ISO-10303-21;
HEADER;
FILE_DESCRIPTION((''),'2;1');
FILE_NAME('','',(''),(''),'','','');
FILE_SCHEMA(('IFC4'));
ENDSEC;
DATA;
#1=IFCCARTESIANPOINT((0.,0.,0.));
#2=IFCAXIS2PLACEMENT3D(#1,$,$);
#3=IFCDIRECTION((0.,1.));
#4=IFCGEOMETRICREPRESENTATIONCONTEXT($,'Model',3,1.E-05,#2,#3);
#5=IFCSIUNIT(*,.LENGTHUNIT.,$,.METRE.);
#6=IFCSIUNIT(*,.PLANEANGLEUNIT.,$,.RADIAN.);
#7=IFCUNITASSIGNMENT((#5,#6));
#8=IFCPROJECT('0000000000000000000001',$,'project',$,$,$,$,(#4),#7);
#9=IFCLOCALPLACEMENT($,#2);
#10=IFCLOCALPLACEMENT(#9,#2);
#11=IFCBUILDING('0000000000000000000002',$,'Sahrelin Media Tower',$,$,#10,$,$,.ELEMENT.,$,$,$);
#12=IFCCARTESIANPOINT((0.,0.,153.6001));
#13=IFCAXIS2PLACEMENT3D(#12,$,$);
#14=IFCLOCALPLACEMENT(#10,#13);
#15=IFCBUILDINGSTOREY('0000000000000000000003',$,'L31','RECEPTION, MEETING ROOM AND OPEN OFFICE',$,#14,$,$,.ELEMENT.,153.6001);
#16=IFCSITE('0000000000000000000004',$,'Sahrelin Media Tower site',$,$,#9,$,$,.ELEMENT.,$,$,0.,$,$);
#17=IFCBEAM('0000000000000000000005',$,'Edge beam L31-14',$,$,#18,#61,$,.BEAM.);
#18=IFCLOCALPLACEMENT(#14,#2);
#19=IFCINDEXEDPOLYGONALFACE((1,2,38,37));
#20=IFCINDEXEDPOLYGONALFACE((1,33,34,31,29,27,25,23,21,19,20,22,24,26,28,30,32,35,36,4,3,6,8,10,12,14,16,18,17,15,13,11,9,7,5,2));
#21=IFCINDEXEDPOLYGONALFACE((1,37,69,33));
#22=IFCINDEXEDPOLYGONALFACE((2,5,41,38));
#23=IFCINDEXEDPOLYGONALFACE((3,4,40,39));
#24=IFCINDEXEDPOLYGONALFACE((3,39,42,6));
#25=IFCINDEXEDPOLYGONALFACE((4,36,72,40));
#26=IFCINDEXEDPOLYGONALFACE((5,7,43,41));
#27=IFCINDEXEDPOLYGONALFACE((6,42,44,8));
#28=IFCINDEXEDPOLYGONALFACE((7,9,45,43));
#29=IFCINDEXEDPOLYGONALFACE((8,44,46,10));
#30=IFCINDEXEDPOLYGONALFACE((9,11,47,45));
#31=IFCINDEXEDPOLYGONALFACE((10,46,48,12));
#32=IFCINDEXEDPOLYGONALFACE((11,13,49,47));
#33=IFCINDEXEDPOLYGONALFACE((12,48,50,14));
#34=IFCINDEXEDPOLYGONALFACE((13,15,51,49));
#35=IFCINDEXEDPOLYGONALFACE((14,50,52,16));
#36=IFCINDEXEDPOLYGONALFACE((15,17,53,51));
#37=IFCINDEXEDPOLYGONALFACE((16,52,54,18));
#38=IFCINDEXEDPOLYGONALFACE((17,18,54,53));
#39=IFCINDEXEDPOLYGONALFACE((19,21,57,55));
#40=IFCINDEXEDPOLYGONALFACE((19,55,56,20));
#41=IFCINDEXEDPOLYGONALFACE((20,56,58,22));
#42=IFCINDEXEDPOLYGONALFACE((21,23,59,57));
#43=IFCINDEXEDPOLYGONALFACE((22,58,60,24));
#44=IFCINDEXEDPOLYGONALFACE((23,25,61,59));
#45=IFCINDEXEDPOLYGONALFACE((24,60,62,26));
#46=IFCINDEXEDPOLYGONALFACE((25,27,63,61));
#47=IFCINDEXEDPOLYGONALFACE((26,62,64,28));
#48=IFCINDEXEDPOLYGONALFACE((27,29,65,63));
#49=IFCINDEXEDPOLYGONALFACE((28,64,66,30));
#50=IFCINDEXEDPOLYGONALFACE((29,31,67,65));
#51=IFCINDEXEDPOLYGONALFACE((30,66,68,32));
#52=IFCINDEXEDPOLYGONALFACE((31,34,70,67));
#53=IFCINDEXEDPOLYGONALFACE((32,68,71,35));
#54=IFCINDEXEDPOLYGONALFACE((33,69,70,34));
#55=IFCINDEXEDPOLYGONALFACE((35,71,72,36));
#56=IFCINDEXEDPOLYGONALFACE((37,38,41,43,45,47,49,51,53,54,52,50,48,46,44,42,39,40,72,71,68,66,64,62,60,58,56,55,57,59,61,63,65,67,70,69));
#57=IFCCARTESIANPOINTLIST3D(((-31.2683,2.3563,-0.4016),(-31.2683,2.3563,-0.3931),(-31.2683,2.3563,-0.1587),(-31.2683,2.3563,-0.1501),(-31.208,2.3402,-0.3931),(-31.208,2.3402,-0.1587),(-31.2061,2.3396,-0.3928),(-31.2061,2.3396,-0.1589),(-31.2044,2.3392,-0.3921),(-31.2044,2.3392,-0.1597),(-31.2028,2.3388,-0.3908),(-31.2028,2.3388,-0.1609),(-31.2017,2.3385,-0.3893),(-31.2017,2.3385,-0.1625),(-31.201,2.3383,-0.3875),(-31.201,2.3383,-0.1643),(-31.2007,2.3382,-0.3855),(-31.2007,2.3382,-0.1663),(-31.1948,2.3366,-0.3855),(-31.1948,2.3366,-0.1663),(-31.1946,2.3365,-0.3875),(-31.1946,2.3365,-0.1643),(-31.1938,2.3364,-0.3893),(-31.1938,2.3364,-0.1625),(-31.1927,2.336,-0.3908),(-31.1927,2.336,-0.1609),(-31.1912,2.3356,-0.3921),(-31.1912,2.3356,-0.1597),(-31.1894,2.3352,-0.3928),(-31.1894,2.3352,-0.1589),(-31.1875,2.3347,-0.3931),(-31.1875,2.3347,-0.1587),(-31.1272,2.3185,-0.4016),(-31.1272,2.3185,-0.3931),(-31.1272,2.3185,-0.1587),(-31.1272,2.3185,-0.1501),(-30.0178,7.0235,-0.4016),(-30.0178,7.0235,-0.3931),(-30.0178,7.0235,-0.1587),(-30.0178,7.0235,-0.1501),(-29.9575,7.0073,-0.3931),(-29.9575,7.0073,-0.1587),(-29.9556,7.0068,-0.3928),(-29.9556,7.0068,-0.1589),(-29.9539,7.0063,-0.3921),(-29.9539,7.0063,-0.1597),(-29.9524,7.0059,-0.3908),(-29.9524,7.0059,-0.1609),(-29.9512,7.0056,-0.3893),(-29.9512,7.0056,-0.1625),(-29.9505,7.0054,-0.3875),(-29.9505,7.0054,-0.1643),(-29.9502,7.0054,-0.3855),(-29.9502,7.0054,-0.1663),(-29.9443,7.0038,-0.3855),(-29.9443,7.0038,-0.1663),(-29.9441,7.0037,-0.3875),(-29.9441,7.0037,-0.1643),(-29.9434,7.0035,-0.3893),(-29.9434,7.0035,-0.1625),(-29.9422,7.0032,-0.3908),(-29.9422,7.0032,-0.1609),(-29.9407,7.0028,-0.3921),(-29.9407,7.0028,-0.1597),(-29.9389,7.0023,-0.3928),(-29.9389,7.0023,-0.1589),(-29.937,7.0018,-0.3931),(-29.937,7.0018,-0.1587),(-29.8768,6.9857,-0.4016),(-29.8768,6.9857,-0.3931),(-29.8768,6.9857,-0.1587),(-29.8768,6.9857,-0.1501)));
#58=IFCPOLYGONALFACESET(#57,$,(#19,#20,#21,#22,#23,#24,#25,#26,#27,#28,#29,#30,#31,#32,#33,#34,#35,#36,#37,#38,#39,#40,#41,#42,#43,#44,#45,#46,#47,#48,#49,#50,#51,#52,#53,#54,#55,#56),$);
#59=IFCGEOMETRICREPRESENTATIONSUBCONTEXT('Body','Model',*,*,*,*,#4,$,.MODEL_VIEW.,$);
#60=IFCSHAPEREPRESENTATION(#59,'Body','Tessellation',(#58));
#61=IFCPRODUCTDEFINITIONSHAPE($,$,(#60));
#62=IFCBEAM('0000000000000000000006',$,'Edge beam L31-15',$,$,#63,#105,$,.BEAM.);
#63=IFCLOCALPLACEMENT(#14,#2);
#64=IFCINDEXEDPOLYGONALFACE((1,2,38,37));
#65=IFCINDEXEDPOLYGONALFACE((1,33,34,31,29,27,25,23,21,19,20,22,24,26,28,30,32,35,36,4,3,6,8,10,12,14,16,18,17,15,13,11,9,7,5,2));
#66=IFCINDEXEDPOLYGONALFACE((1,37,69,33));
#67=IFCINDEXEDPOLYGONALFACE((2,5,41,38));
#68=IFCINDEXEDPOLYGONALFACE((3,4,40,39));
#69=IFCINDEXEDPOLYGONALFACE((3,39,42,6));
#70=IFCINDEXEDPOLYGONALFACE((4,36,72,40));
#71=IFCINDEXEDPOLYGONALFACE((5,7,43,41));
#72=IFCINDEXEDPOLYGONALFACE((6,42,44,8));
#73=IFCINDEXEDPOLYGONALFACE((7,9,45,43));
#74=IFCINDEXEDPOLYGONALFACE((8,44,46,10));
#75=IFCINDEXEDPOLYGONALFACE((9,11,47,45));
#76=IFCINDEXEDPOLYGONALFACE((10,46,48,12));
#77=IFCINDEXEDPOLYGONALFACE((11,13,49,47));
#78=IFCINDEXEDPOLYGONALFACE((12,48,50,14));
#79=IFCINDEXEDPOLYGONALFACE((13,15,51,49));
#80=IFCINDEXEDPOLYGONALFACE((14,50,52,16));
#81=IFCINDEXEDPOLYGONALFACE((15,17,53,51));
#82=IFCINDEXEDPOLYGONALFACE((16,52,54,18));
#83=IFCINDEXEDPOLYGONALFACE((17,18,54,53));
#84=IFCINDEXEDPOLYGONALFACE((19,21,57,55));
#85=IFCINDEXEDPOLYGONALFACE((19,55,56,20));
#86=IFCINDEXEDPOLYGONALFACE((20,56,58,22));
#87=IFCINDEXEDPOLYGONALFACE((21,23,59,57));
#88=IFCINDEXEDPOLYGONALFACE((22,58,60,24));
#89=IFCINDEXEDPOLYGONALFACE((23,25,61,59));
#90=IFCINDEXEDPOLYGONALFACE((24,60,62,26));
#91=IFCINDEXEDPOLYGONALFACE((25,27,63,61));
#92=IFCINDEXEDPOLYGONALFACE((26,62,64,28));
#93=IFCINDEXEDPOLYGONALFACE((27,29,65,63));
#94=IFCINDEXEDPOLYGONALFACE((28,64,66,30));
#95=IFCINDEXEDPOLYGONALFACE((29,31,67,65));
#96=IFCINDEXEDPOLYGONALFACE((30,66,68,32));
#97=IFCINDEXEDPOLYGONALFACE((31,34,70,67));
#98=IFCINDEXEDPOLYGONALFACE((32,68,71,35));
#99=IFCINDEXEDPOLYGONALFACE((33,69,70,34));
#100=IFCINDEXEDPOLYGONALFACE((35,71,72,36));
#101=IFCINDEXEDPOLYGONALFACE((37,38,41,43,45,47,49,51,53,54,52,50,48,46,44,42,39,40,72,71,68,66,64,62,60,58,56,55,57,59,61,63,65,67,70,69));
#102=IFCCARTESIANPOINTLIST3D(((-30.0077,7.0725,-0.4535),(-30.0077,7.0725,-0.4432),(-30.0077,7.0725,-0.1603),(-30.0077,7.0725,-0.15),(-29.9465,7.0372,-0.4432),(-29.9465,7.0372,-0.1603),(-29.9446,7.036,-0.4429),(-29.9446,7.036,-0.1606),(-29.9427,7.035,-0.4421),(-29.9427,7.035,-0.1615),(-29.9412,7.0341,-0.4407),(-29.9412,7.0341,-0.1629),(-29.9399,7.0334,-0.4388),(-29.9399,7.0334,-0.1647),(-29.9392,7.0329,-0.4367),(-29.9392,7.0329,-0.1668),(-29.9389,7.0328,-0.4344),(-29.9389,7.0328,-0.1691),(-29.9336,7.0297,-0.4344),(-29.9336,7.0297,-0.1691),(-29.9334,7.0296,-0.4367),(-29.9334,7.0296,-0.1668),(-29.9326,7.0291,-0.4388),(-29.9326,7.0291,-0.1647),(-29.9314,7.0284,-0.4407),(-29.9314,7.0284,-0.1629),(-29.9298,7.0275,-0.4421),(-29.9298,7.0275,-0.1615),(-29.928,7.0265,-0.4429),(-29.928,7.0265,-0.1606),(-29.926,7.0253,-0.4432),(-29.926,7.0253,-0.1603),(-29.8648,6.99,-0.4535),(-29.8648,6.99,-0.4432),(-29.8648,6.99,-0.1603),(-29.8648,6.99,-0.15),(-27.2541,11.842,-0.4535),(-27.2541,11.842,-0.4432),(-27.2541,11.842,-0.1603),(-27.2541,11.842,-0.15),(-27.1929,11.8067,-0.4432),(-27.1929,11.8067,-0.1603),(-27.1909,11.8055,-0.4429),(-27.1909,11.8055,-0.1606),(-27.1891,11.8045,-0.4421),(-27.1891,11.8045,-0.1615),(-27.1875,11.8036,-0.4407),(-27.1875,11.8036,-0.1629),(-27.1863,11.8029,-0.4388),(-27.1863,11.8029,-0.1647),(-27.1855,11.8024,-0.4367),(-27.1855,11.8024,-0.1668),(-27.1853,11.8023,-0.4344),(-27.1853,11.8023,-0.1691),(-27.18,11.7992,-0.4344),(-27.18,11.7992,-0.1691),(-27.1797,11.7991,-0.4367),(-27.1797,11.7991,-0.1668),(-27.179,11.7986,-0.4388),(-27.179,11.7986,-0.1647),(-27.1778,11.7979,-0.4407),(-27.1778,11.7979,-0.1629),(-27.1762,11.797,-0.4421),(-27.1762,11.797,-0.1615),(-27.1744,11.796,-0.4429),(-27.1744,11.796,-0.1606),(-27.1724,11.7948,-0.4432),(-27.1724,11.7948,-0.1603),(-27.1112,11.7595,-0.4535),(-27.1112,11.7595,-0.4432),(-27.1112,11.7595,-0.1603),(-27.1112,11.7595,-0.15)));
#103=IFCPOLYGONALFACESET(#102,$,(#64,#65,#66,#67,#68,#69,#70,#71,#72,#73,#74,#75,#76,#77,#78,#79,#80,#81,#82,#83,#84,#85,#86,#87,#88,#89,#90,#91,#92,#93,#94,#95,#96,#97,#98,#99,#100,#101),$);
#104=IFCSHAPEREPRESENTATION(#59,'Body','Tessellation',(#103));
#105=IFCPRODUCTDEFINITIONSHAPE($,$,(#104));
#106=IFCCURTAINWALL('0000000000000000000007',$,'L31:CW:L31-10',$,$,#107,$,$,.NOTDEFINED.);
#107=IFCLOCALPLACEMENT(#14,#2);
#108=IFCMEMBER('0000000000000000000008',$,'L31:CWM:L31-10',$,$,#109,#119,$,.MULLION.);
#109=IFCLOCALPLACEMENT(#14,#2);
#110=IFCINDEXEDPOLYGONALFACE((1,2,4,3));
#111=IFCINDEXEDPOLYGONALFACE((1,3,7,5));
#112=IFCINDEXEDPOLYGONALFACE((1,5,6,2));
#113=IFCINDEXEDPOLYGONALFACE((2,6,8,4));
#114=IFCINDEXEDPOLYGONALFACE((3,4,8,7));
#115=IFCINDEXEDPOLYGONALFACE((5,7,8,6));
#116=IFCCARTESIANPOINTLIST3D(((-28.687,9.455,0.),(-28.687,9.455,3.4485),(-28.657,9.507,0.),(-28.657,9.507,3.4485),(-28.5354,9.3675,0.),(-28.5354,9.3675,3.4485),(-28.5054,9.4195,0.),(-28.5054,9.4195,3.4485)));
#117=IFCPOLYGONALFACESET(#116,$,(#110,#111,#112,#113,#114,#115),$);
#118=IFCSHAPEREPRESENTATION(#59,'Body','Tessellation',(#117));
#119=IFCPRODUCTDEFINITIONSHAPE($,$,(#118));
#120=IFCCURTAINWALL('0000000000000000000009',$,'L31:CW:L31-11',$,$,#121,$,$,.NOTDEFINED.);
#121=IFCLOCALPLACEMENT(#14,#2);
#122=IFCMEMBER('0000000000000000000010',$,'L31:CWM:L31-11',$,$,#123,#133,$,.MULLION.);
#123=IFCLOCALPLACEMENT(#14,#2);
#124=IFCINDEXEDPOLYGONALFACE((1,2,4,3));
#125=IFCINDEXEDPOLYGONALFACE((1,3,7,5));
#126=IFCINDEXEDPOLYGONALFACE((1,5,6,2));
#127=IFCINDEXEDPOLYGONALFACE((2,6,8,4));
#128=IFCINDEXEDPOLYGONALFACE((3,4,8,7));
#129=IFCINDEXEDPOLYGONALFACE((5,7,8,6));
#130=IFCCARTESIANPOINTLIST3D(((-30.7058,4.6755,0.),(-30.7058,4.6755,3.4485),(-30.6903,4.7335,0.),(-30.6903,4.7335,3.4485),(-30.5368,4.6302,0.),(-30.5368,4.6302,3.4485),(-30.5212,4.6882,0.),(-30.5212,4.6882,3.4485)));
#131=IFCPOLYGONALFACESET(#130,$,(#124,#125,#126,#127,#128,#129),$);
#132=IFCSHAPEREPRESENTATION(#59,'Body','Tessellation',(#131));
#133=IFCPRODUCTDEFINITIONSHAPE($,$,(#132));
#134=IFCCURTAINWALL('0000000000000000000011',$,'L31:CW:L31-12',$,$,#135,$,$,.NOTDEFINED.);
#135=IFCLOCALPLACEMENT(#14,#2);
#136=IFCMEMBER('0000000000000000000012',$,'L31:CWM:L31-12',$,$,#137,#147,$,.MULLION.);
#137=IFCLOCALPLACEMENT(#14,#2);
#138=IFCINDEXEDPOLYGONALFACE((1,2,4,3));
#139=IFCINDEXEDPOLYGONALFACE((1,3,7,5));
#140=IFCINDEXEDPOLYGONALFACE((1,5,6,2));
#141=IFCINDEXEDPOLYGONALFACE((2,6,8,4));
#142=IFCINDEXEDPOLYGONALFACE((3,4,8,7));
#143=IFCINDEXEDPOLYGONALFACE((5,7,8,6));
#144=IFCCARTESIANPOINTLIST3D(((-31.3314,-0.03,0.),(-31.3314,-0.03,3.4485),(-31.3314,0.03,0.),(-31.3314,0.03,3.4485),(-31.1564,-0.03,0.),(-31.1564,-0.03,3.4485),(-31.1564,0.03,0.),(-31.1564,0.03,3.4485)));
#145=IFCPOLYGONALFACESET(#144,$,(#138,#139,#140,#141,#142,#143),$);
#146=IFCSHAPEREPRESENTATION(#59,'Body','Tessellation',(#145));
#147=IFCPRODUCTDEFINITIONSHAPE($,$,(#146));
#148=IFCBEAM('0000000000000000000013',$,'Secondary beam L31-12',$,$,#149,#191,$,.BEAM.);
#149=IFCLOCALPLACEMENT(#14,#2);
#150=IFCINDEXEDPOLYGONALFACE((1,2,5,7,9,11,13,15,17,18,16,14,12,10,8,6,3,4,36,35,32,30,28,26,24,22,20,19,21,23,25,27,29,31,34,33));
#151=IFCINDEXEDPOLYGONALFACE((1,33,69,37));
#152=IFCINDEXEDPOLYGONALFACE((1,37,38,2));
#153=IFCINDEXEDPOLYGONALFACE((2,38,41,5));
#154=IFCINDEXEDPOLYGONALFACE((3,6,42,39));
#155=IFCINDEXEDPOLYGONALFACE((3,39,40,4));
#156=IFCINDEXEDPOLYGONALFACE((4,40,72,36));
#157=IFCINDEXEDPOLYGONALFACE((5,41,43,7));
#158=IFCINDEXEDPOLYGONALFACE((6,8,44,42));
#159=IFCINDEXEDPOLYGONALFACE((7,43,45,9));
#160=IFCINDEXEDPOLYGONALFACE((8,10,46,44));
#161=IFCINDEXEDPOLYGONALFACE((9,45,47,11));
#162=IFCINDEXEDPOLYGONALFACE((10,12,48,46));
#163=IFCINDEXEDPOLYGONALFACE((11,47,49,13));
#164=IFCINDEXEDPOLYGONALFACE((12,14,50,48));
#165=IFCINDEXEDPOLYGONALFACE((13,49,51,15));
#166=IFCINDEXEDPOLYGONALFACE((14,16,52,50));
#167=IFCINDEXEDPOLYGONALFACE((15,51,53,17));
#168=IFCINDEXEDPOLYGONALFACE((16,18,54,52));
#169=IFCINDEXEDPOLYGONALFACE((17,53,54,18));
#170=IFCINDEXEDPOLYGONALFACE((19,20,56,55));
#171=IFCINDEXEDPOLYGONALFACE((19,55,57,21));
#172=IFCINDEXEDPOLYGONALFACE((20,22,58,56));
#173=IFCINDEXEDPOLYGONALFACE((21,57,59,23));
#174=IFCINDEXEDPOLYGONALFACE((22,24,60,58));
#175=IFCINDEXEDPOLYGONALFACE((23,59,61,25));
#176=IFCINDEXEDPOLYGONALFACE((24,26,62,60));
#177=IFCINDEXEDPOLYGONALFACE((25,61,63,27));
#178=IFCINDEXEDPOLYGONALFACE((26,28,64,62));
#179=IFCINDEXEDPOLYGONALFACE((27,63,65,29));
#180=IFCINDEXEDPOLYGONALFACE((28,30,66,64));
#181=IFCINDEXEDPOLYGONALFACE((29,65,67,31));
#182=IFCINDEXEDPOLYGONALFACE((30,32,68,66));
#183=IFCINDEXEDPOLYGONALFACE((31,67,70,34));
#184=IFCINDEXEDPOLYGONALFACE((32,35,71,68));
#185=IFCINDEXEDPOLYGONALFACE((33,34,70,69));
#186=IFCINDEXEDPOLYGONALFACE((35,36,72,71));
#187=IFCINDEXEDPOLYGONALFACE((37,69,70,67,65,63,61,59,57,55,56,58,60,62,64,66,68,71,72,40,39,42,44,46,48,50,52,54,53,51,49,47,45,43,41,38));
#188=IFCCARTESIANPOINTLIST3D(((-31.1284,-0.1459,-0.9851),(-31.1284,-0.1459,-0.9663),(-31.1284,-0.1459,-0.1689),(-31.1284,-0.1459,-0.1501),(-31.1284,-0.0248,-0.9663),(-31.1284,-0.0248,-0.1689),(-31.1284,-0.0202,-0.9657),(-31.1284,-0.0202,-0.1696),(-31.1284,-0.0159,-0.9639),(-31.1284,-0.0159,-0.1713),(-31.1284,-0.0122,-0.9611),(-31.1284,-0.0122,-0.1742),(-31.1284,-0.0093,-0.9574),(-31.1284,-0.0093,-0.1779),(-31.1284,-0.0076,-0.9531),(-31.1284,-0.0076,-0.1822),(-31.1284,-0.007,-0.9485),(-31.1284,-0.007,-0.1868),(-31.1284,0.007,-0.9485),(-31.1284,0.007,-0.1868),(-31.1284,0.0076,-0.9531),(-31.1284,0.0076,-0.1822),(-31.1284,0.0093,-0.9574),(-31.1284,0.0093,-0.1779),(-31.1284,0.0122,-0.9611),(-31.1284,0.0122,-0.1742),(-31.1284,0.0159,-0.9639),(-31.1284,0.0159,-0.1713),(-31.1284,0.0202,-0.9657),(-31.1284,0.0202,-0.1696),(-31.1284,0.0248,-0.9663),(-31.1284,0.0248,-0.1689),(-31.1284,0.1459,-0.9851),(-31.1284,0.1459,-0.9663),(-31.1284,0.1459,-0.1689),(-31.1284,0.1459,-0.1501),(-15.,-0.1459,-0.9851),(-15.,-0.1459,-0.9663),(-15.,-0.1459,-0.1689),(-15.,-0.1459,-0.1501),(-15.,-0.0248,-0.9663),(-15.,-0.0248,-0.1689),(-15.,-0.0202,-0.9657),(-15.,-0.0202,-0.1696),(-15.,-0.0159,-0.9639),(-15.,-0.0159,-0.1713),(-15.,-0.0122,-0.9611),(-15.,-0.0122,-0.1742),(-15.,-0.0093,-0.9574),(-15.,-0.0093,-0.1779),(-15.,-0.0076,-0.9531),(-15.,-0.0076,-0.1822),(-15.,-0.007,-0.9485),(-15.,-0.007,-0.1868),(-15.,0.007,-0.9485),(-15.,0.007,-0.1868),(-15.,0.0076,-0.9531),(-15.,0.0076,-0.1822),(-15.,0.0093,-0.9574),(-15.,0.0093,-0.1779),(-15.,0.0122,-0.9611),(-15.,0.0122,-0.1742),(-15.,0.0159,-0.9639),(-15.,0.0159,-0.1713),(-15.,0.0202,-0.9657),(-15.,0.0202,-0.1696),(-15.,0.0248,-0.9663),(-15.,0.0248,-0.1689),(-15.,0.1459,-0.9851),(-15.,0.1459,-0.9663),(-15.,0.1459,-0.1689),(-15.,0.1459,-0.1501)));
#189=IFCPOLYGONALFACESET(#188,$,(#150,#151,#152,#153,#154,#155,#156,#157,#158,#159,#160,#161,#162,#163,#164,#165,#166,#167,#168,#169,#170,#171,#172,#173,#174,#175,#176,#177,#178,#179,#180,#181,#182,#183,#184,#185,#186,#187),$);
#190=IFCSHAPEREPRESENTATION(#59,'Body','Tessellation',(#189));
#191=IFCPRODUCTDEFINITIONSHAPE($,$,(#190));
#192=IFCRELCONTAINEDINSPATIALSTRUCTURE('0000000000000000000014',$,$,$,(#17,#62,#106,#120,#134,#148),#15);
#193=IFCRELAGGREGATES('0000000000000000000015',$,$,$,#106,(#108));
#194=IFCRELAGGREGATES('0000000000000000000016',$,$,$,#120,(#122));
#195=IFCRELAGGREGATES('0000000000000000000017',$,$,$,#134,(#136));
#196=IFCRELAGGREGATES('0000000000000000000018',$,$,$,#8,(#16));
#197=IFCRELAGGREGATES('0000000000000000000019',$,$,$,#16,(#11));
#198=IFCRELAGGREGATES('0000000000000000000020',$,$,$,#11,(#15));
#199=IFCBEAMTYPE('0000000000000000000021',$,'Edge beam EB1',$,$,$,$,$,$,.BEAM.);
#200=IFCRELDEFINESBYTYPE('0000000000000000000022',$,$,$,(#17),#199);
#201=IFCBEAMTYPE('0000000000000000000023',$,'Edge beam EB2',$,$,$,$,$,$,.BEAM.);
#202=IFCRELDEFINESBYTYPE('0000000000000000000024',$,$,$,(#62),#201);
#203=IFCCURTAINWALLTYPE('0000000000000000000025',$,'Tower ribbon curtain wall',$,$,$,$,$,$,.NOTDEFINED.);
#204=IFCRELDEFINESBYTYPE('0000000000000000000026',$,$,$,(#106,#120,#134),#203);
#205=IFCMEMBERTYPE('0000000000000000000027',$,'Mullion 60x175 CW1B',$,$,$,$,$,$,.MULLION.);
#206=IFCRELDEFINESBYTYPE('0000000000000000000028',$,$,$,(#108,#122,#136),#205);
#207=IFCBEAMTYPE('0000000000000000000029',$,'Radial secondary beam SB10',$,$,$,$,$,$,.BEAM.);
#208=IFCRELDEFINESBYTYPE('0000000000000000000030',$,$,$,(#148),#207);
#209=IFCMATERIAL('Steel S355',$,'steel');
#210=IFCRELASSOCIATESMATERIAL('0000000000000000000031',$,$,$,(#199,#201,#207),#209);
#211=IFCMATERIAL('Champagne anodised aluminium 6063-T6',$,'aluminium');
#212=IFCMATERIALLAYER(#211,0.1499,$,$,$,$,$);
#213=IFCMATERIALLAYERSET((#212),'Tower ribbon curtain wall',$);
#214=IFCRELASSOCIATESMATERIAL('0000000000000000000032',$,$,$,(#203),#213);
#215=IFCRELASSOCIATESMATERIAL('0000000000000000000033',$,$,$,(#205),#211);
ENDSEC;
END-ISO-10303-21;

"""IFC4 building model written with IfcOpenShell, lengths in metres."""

from ifc_helpers import new_model, si_unit, direction, frame, origin, origin_2d, place, context, subcontext, project, spatial, rectangle, i_section, extrude, material, layer, layer_set, material_profile, profile_set, type_object, element, aggregate, save


model = new_model("IFC4")

# Units and contexts
model_context = context("Model", 3, precision=1e-05, world=origin(), true_north=direction((0.0, 1.0)))
body_context = subcontext(model_context, "Body", "Model", "MODEL_VIEW")
ifc_project = project(units=[si_unit("LENGTHUNIT", "METRE"), si_unit("PLANEANGLEUNIT", "RADIAN")], contexts=[model_context])

# Site, building, storey
site_placement = place(None, origin())
site = spatial("IfcSite", under=ifc_project, at=site_placement, Name="Sahrelin Media Tower site", CompositionType="ELEMENT", RefElevation=0.0)
building_placement = place(site_placement, origin())
building = spatial("IfcBuilding", under=site, at=building_placement, Name="Sahrelin Media Tower", CompositionType="ELEMENT")
storey_placement = place(building_placement, frame((0.0, 0.0, 153.6001)))
storey = spatial("IfcBuildingStorey", under=building, at=storey_placement, Name="L31", Description="RECEPTION, MEETING ROOM AND OPEN OFFICE", CompositionType="ELEMENT", Elevation=153.6001)

# Beams
ifc_material_1 = material(Name="Steel S355", Category="steel")
ifc_material_profile_1 = material_profile(ifc_material_1, i_section(OverallWidth=0.146, OverallDepth=0.2515, WebThickness=0.0061, FlangeThickness=0.0085, FilletRadius=0.0076, at=origin_2d()), Name="UB 254x146x31")
ifc_profile_set_1 = profile_set([ifc_material_profile_1], Name="Steel S355")
beam_type_1 = type_object("IfcBeamType", Name="Edge beam EB1", PredefinedType="BEAM", material=ifc_profile_set_1)
beam_1_placement = place(storey_placement, frame((-31.1978, 2.3374, -0.2759), z_axis=(0.258801, 0.965931, 0.0), x_axis=(-0.965931, 0.258801, 0.0)))
element("IfcBeam", 1, at=beam_1_placement, inside=storey, type_object=beam_type_1, Name="Edge beam L31-14", PredefinedType="BEAM", context=body_context, shape_type="SweptSolid", body=[
    extrude(i_section(OverallWidth=0.146, OverallDepth=0.2515, WebThickness=0.0061, FlangeThickness=0.0085, FilletRadius=0.0076, at=origin_2d()), origin(), (0.0, 0.0, 1.0), 4.8318),
])
ifc_material_profile_2 = material_profile(ifc_material_1, i_section(OverallWidth=0.165, OverallDepth=0.3035, WebThickness=0.0061, FlangeThickness=0.0103, FilletRadius=0.0088, at=origin_2d()), Name="UB 305x165x40")
ifc_profile_set_2 = profile_set([ifc_material_profile_2], Name="Steel S355")
beam_type_2 = type_object("IfcBeamType", Name="Edge beam EB2", PredefinedType="BEAM", material=ifc_profile_set_2)
beam_2_placement = place(storey_placement, frame((-29.9363, 7.0312, -0.3018), z_axis=(0.499996, 0.866028, 0.0), x_axis=(-0.866028, 0.499996, 0.0)))
element("IfcBeam", 2, at=beam_2_placement, inside=storey, type_object=beam_type_2, Name="Edge beam L31-15", PredefinedType="BEAM", context=body_context, shape_type="SweptSolid", body=[
    extrude(i_section(OverallWidth=0.165, OverallDepth=0.3035, WebThickness=0.0061, FlangeThickness=0.0103, FilletRadius=0.0088, at=origin_2d()), origin(), (0.0, 0.0, 1.0), 5.5073),
])

# Curtain walls, members
ifc_material_2 = material(Name="Champagne anodised aluminium 6063-T6", Category="aluminium")
ifc_layer_1 = layer(ifc_material_2, 0.1499)
ifc_layer_set_1 = layer_set([ifc_layer_1], Name="Tower ribbon curtain wall")
curtain_wall_type = type_object("IfcCurtainWallType", Name="Tower ribbon curtain wall", PredefinedType="NOTDEFINED", material=ifc_layer_set_1)
curtain_wall_1_placement = place(storey_placement, frame((-28.6892, 9.491, 0.0), z_axis=(0.0, 0.0, 1.0), x_axis=(1.0, 0.0, 0.0)))
curtain_wall_1 = element("IfcCurtainWall", 3, at=curtain_wall_1_placement, inside=storey, type_object=curtain_wall_type, Name="L31:CW:L31-10", PredefinedType="NOTDEFINED")
ifc_material_profile_3 = material_profile(ifc_material_2, rectangle(XDim=0.0601, YDim=0.175, at=origin_2d()), Name="Mullion 60x175")
ifc_profile_set_3 = profile_set([ifc_material_profile_3], Name="Champagne anodised aluminium 6063-T6")
member_type_1 = type_object("IfcMemberType", Name="Mullion 60x175 CW1B", PredefinedType="MULLION", material=ifc_profile_set_3)
member_1_placement = place(storey_placement, frame((-28.5962, 9.4373, 0.0), z_axis=(0.0, 0.0, 1.0), x_axis=(-0.499998, -0.866026, 0.0)))
member_1 = element("IfcMember", 4, at=member_1_placement, type_object=member_type_1, Name="L31:CWM:L31-10", PredefinedType="MULLION", context=body_context, shape_type="SweptSolid", body=[
    extrude(rectangle(XDim=0.0601, YDim=0.175, at=origin_2d()), origin(), (0.0, 0.0, 1.0), 3.4485),
])
curtain_wall_2_placement = place(storey_placement, frame((-30.7173, 4.7097, 0.0), z_axis=(0.0, 0.0, 1.0), x_axis=(1.0, 0.0, 0.0)))
curtain_wall_2 = element("IfcCurtainWall", 5, at=curtain_wall_2_placement, inside=storey, type_object=curtain_wall_type, Name="L31:CW:L31-11", PredefinedType="NOTDEFINED")
member_2_placement = place(storey_placement, frame((-30.6135, 4.6819, 0.0), z_axis=(0.0, 0.0, 1.0), x_axis=(-0.258807, -0.965929, 0.0)))
member_2 = element("IfcMember", 6, at=member_2_placement, type_object=member_type_1, Name="L31:CWM:L31-11", PredefinedType="MULLION", context=body_context, shape_type="SweptSolid", body=[
    extrude(rectangle(XDim=0.0601, YDim=0.175, at=origin_2d()), origin(), (0.0, 0.0, 1.0), 3.4485),
])
curtain_wall_3_placement = place(storey_placement, frame((-31.3516, 0.0, 0.0), z_axis=(0.0, 0.0, 1.0), x_axis=(1.0, 0.0, 0.0)))
curtain_wall_3 = element("IfcCurtainWall", 7, at=curtain_wall_3_placement, inside=storey, type_object=curtain_wall_type, Name="L31:CW:L31-12", PredefinedType="NOTDEFINED")
member_3_placement = place(storey_placement, frame((-31.2439, 0.0, 0.0), z_axis=(0.0, 0.0, 1.0), x_axis=(0.0, -1.0, 0.0)))
member_3 = element("IfcMember", 8, at=member_3_placement, type_object=member_type_1, Name="L31:CWM:L31-12", PredefinedType="MULLION", context=body_context, shape_type="SweptSolid", body=[
    extrude(rectangle(XDim=0.0601, YDim=0.175, at=origin_2d()), origin(), (0.0, 0.0, 1.0), 3.4485),
])

# Beam
ifc_material_profile_4 = material_profile(ifc_material_1, i_section(OverallWidth=0.2917, OverallDepth=0.835, WebThickness=0.0139, FlangeThickness=0.0188, FilletRadius=0.0178, at=origin_2d()), Name="UB 838x292x176")
ifc_profile_set_4 = profile_set([ifc_material_profile_4], Name="Steel S355")
beam_type_3 = type_object("IfcBeamType", Name="Radial secondary beam SB10", PredefinedType="BEAM", material=ifc_profile_set_4)
beam_3_placement = place(storey_placement, frame((-15.0, 0.0, -0.5676), z_axis=(-1.0, 0.0, 0.0), x_axis=(0.0, -1.0, 0.0)))
element("IfcBeam", 9, at=beam_3_placement, inside=storey, type_object=beam_type_3, Name="Secondary beam L31-12", PredefinedType="BEAM", context=body_context, shape_type="SweptSolid", body=[
    extrude(i_section(OverallWidth=0.2917, OverallDepth=0.835, WebThickness=0.0139, FlangeThickness=0.0188, FilletRadius=0.0178, at=origin_2d()), origin(), (0.0, 0.0, 1.0), 16.1284),
])

aggregate(curtain_wall_1, [member_1])

aggregate(curtain_wall_2, [member_2])
aggregate(curtain_wall_3, [member_3])

save(model, "model.ifc")
